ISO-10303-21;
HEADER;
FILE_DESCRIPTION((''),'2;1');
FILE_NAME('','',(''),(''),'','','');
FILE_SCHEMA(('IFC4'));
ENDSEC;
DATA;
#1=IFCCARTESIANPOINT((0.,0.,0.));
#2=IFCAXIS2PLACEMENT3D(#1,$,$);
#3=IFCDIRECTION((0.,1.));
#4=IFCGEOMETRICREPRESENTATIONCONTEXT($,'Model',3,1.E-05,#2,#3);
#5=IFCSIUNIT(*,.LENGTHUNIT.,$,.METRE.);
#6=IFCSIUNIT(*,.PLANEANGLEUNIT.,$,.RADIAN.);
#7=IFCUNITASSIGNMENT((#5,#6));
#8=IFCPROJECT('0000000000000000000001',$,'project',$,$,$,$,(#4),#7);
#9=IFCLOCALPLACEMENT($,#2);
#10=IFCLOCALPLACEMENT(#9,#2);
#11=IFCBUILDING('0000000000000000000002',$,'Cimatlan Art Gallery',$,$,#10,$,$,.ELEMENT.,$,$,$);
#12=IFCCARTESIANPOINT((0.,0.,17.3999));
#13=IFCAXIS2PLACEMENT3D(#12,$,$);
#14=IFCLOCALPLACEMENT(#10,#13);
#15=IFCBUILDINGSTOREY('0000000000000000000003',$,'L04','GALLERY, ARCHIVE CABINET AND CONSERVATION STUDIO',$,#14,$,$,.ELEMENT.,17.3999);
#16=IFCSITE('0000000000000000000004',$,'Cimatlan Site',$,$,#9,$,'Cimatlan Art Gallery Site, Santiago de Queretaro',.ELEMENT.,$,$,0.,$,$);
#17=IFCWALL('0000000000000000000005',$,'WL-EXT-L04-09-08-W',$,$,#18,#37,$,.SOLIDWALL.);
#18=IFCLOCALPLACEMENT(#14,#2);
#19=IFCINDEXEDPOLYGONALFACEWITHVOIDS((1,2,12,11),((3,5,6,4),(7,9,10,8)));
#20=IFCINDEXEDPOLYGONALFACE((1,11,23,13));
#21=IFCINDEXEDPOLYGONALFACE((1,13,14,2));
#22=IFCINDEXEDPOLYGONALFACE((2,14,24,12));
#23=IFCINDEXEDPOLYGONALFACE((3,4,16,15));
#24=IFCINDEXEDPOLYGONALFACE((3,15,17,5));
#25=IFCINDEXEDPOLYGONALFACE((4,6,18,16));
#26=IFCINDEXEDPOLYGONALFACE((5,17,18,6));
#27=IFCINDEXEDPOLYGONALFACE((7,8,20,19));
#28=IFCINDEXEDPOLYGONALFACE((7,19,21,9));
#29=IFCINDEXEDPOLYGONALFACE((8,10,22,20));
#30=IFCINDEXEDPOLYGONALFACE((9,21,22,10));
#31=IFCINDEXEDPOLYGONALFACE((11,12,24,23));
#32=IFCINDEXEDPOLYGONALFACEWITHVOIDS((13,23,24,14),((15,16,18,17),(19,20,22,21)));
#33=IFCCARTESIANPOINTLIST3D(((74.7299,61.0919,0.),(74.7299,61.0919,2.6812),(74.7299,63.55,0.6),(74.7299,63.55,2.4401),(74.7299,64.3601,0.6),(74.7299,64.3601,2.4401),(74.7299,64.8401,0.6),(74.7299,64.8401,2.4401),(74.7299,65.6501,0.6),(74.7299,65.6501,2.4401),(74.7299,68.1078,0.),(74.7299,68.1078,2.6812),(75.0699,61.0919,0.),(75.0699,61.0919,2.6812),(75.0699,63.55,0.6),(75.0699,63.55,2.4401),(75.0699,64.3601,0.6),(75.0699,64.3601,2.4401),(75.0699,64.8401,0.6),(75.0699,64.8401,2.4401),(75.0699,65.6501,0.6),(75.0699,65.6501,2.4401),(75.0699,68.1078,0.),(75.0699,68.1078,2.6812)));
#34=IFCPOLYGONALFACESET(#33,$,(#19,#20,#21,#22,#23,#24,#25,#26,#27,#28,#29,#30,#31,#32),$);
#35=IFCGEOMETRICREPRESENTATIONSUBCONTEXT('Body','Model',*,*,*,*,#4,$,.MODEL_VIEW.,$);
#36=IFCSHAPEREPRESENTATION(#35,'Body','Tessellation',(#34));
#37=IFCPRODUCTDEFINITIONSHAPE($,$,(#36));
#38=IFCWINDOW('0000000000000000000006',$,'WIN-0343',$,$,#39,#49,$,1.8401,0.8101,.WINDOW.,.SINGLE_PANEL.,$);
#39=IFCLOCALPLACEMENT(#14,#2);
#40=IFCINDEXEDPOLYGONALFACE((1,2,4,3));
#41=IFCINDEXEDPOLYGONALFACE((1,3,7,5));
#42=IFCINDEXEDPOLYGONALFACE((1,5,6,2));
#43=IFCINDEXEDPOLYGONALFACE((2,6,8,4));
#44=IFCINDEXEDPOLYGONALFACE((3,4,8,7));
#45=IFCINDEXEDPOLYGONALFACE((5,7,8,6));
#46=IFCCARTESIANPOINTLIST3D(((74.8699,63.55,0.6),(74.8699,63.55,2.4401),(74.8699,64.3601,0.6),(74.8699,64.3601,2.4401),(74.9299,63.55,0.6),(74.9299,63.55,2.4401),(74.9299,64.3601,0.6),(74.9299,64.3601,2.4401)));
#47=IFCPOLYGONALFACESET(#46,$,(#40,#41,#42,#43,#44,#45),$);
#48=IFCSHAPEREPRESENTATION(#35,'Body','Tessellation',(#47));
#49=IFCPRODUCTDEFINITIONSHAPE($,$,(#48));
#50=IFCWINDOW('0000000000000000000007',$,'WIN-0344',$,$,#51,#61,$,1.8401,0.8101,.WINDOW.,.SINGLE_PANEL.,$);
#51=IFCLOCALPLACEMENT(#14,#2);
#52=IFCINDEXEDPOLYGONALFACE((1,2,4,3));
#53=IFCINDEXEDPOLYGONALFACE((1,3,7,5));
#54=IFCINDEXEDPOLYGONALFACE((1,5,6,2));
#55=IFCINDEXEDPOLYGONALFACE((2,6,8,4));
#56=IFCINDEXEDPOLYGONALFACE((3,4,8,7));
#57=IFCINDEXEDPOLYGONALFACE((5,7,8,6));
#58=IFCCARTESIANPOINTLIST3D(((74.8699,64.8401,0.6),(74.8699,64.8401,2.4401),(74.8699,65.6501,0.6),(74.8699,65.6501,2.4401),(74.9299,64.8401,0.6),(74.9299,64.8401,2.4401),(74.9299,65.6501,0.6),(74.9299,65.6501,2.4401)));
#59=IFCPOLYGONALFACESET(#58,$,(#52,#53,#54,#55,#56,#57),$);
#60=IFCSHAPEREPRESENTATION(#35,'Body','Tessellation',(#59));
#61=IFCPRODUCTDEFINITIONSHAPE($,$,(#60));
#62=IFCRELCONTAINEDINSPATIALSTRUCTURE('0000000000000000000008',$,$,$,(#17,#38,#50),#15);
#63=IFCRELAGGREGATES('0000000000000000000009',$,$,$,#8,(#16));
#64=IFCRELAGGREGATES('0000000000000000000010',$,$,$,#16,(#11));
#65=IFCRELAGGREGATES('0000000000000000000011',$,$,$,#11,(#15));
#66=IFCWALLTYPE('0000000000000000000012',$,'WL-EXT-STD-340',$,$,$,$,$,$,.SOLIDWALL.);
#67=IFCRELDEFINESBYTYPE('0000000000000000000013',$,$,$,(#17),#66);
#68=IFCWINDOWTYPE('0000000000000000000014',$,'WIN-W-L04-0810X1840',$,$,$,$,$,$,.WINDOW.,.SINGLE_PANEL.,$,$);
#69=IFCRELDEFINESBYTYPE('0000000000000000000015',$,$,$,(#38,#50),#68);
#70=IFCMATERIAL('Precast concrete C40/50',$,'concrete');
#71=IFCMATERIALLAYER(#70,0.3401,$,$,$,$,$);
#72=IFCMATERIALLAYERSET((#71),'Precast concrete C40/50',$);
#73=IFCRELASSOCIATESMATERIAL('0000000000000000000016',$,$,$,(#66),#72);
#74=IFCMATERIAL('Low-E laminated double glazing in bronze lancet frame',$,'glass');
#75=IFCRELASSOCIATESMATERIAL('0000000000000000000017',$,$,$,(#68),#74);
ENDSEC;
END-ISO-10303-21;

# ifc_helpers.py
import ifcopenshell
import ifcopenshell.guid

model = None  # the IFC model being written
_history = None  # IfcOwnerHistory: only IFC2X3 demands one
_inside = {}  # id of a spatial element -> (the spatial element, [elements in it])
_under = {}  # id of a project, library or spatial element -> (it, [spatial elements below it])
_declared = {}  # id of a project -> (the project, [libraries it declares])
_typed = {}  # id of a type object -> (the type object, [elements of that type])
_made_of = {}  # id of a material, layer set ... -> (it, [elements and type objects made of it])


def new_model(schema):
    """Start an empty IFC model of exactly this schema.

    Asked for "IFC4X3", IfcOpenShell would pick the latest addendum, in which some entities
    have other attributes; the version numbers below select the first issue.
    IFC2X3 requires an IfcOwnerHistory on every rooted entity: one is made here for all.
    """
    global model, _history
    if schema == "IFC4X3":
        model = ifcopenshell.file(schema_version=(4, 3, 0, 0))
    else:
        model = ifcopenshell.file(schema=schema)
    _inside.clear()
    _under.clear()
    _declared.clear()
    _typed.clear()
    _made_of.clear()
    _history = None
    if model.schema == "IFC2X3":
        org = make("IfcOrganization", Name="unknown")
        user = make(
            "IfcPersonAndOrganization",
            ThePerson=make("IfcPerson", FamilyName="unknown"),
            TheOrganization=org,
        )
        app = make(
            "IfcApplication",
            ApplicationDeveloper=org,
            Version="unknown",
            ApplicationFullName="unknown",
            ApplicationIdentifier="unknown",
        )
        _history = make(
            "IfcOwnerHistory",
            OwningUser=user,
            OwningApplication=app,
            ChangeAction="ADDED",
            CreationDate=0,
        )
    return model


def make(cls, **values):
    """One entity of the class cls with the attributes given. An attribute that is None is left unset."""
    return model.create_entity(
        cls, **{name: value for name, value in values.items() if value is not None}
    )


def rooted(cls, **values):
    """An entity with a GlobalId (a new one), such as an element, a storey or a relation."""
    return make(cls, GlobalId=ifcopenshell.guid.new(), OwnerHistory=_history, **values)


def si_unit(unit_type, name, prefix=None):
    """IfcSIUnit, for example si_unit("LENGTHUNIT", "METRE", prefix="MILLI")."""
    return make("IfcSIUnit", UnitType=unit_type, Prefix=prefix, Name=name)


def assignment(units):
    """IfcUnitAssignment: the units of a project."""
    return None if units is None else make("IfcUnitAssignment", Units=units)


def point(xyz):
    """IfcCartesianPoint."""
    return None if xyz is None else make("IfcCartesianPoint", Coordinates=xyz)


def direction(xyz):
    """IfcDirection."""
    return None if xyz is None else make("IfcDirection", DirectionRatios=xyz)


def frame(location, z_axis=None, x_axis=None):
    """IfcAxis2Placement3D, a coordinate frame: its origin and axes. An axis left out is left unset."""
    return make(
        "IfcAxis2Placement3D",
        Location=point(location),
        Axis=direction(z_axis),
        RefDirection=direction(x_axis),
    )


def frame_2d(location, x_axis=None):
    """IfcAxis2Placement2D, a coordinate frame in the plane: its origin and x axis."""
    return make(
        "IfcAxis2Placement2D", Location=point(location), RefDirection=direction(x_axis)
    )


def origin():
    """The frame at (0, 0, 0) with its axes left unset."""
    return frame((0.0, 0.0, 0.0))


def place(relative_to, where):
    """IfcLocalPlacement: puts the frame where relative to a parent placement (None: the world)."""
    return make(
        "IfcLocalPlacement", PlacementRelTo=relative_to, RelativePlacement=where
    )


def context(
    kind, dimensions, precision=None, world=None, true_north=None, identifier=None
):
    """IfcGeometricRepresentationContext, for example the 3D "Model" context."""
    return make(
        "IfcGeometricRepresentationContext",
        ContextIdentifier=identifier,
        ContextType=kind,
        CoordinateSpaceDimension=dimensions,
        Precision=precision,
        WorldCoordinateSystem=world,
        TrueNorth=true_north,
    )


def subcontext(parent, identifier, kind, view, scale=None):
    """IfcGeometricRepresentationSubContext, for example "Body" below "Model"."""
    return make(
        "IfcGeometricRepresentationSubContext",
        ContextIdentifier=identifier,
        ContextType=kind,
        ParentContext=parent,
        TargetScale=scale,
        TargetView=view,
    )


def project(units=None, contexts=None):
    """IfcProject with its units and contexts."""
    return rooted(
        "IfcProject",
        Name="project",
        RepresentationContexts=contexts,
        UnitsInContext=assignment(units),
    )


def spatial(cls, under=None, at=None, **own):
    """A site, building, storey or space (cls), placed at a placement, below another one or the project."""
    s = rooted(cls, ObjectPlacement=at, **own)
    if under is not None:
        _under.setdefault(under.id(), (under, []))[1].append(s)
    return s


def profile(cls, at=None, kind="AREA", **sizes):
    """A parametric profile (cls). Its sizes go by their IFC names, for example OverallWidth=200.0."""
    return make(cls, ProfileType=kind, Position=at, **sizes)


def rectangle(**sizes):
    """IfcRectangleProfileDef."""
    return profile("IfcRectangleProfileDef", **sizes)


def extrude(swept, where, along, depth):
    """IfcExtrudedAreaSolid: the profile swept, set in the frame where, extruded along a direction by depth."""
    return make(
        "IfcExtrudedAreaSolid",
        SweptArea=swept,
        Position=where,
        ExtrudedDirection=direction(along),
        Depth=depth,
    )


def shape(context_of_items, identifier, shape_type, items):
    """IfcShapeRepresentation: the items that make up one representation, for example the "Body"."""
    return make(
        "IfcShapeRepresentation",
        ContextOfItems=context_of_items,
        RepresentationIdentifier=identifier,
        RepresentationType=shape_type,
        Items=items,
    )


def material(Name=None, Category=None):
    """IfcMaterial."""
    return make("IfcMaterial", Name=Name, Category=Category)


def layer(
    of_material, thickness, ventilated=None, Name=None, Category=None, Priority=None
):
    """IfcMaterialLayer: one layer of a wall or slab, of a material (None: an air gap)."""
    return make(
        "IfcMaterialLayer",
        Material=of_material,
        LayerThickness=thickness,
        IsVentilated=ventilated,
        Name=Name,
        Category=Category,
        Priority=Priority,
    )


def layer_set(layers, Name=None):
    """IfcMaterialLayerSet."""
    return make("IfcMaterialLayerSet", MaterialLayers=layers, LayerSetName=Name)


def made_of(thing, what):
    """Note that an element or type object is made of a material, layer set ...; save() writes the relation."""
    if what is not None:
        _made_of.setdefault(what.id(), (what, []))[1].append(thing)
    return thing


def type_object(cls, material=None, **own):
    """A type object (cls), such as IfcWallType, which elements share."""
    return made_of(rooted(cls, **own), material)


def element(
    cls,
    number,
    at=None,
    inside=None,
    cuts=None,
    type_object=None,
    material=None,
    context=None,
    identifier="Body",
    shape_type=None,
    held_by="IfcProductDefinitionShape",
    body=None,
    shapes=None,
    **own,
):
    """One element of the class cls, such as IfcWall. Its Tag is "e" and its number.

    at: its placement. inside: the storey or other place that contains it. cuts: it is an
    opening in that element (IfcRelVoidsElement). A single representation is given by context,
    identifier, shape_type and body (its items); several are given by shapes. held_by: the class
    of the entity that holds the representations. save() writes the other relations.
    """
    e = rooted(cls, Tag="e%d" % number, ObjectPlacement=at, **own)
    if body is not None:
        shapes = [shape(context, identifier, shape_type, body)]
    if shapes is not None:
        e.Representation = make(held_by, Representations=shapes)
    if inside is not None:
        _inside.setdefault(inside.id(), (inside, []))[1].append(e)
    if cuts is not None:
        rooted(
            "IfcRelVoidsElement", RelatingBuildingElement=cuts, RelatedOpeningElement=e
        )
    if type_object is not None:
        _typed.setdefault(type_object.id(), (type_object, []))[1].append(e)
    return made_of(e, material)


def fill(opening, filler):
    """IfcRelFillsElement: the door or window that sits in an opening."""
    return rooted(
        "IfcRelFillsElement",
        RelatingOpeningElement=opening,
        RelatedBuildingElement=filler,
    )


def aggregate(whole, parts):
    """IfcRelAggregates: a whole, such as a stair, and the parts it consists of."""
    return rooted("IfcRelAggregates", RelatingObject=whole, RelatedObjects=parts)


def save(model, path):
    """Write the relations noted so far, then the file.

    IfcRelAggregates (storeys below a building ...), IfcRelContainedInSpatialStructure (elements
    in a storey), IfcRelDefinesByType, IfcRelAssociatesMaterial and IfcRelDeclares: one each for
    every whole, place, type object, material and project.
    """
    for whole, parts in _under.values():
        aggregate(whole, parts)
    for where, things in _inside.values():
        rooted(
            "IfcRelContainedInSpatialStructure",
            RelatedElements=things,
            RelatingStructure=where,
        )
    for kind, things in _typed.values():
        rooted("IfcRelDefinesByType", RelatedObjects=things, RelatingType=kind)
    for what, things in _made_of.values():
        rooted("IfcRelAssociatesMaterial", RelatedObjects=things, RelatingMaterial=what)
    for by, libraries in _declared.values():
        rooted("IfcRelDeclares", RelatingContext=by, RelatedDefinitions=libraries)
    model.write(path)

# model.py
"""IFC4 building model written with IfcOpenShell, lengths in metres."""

from ifc_helpers import new_model, si_unit, direction, frame, frame_2d, origin, place, context, subcontext, project, spatial, rectangle, extrude, material, layer, layer_set, type_object, element, fill, save


model = new_model("IFC4")

# Units and contexts
model_context = context("Model", 3, precision=1e-05, world=origin(), true_north=direction((0.0, 1.0)))
body_context = subcontext(model_context, "Body", "Model", "MODEL_VIEW")
ifc_project = project(units=[si_unit("LENGTHUNIT", "METRE"), si_unit("PLANEANGLEUNIT", "RADIAN")], contexts=[model_context])

# Site, building, storey
site_placement = place(None, origin())
site = spatial("IfcSite", under=ifc_project, at=site_placement, Name="Cimatlan Site", LongName="Cimatlan Art Gallery Site, Santiago de Queretaro", CompositionType="ELEMENT", RefElevation=0.0)
building_placement = place(site_placement, origin())
building = spatial("IfcBuilding", under=site, at=building_placement, Name="Cimatlan Art Gallery", CompositionType="ELEMENT")
storey_placement = place(building_placement, frame((0.0, 0.0, 17.3999)))
storey = spatial("IfcBuildingStorey", under=building, at=storey_placement, Name="L04", Description="GALLERY, ARCHIVE CABINET AND CONSERVATION STUDIO", CompositionType="ELEMENT", Elevation=17.3999)

# Wall, openings, windows
ifc_material_1 = material(Name="Precast concrete C40/50", Category="concrete")
ifc_layer_1 = layer(ifc_material_1, 0.3401)
ifc_layer_set_1 = layer_set([ifc_layer_1], Name="Precast concrete C40/50")
wall_type_1 = type_object("IfcWallType", Name="WL-EXT-STD-340", PredefinedType="SOLIDWALL", material=ifc_layer_set_1)
ifc_material_2 = material(Name="Low-E laminated double glazing in bronze lancet frame", Category="glass")
window_type = type_object("IfcWindowType", Name="WIN-W-L04-0810X1840", PartitioningType="SINGLE_PANEL", PredefinedType="WINDOW", material=ifc_material_2)
wall_1_placement = place(storey_placement, frame((74.8999, 61.092, 0.0), z_axis=(0.0, 0.0, 1.0), x_axis=(0.0, 1.0, 0.0)))
wall_1 = element("IfcWall", 1, at=wall_1_placement, inside=storey, type_object=wall_type_1, Name="WL-EXT-L04-09-08-W", PredefinedType="SOLIDWALL", context=body_context, shape_type="SweptSolid", body=[
    extrude(rectangle(XDim=7.0159, YDim=0.3401, at=frame_2d((3.5078, 0.0))), origin(), (0.0, 0.0, 1.0), 2.6812),
])
opening_1_placement = place(wall_1_placement, frame((2.458, 0.0, 0.6001)))
opening_1 = element("IfcOpeningElement", 2, at=opening_1_placement, cuts=wall_1, PredefinedType="OPENING", context=body_context, shape_type="SweptSolid", body=[
    extrude(rectangle(XDim=0.8101, YDim=1.8401, at=frame_2d((0.405, 0.9199))), frame((0.0, 0.1802, 0.0), z_axis=(0.0, -1.0, 0.0), x_axis=(1.0, 0.0, 0.0)), (0.0, 0.0, 1.0), 0.3601),
])
opening_2_placement = place(wall_1_placement, frame((3.748, 0.0, 0.6001)))
opening_2 = element("IfcOpeningElement", 3, at=opening_2_placement, cuts=wall_1, PredefinedType="OPENING", context=body_context, shape_type="SweptSolid", body=[
    extrude(rectangle(XDim=0.8101, YDim=1.8401, at=frame_2d((0.405, 0.9199))), frame((0.0, 0.1802, 0.0), z_axis=(0.0, -1.0, 0.0), x_axis=(1.0, 0.0, 0.0)), (0.0, 0.0, 1.0), 0.3601),
])
window_1_placement = place(opening_1_placement, origin())
window_1 = element("IfcWindow", 4, at=window_1_placement, inside=storey, type_object=window_type, Name="WIN-0343", OverallHeight=1.8401, OverallWidth=0.8101, PartitioningType="SINGLE_PANEL", PredefinedType="WINDOW", context=body_context, shape_type="SweptSolid", body=[
    extrude(rectangle(XDim=0.8101, YDim=1.8401, at=frame_2d((0.405, 0.9199))), frame((0.0, 0.03, 0.0), z_axis=(0.0, -1.0, 0.0), x_axis=(1.0, 0.0, 0.0)), (0.0, 0.0, 1.0), 0.0601),
])
fill(opening_1, window_1)
window_2_placement = place(opening_2_placement, origin())
window_2 = element("IfcWindow", 5, at=window_2_placement, inside=storey, type_object=window_type, Name="WIN-0344", OverallHeight=1.8401, OverallWidth=0.8101, PartitioningType="SINGLE_PANEL", PredefinedType="WINDOW", context=body_context, shape_type="SweptSolid", body=[
    extrude(rectangle(XDim=0.8101, YDim=1.8401, at=frame_2d((0.405, 0.9199))), frame((0.0, 0.03, 0.0), z_axis=(0.0, -1.0, 0.0), x_axis=(1.0, 0.0, 0.0)), (0.0, 0.0, 1.0), 0.0601),
])
fill(opening_2, window_2)

save(model, "model.ifc")
